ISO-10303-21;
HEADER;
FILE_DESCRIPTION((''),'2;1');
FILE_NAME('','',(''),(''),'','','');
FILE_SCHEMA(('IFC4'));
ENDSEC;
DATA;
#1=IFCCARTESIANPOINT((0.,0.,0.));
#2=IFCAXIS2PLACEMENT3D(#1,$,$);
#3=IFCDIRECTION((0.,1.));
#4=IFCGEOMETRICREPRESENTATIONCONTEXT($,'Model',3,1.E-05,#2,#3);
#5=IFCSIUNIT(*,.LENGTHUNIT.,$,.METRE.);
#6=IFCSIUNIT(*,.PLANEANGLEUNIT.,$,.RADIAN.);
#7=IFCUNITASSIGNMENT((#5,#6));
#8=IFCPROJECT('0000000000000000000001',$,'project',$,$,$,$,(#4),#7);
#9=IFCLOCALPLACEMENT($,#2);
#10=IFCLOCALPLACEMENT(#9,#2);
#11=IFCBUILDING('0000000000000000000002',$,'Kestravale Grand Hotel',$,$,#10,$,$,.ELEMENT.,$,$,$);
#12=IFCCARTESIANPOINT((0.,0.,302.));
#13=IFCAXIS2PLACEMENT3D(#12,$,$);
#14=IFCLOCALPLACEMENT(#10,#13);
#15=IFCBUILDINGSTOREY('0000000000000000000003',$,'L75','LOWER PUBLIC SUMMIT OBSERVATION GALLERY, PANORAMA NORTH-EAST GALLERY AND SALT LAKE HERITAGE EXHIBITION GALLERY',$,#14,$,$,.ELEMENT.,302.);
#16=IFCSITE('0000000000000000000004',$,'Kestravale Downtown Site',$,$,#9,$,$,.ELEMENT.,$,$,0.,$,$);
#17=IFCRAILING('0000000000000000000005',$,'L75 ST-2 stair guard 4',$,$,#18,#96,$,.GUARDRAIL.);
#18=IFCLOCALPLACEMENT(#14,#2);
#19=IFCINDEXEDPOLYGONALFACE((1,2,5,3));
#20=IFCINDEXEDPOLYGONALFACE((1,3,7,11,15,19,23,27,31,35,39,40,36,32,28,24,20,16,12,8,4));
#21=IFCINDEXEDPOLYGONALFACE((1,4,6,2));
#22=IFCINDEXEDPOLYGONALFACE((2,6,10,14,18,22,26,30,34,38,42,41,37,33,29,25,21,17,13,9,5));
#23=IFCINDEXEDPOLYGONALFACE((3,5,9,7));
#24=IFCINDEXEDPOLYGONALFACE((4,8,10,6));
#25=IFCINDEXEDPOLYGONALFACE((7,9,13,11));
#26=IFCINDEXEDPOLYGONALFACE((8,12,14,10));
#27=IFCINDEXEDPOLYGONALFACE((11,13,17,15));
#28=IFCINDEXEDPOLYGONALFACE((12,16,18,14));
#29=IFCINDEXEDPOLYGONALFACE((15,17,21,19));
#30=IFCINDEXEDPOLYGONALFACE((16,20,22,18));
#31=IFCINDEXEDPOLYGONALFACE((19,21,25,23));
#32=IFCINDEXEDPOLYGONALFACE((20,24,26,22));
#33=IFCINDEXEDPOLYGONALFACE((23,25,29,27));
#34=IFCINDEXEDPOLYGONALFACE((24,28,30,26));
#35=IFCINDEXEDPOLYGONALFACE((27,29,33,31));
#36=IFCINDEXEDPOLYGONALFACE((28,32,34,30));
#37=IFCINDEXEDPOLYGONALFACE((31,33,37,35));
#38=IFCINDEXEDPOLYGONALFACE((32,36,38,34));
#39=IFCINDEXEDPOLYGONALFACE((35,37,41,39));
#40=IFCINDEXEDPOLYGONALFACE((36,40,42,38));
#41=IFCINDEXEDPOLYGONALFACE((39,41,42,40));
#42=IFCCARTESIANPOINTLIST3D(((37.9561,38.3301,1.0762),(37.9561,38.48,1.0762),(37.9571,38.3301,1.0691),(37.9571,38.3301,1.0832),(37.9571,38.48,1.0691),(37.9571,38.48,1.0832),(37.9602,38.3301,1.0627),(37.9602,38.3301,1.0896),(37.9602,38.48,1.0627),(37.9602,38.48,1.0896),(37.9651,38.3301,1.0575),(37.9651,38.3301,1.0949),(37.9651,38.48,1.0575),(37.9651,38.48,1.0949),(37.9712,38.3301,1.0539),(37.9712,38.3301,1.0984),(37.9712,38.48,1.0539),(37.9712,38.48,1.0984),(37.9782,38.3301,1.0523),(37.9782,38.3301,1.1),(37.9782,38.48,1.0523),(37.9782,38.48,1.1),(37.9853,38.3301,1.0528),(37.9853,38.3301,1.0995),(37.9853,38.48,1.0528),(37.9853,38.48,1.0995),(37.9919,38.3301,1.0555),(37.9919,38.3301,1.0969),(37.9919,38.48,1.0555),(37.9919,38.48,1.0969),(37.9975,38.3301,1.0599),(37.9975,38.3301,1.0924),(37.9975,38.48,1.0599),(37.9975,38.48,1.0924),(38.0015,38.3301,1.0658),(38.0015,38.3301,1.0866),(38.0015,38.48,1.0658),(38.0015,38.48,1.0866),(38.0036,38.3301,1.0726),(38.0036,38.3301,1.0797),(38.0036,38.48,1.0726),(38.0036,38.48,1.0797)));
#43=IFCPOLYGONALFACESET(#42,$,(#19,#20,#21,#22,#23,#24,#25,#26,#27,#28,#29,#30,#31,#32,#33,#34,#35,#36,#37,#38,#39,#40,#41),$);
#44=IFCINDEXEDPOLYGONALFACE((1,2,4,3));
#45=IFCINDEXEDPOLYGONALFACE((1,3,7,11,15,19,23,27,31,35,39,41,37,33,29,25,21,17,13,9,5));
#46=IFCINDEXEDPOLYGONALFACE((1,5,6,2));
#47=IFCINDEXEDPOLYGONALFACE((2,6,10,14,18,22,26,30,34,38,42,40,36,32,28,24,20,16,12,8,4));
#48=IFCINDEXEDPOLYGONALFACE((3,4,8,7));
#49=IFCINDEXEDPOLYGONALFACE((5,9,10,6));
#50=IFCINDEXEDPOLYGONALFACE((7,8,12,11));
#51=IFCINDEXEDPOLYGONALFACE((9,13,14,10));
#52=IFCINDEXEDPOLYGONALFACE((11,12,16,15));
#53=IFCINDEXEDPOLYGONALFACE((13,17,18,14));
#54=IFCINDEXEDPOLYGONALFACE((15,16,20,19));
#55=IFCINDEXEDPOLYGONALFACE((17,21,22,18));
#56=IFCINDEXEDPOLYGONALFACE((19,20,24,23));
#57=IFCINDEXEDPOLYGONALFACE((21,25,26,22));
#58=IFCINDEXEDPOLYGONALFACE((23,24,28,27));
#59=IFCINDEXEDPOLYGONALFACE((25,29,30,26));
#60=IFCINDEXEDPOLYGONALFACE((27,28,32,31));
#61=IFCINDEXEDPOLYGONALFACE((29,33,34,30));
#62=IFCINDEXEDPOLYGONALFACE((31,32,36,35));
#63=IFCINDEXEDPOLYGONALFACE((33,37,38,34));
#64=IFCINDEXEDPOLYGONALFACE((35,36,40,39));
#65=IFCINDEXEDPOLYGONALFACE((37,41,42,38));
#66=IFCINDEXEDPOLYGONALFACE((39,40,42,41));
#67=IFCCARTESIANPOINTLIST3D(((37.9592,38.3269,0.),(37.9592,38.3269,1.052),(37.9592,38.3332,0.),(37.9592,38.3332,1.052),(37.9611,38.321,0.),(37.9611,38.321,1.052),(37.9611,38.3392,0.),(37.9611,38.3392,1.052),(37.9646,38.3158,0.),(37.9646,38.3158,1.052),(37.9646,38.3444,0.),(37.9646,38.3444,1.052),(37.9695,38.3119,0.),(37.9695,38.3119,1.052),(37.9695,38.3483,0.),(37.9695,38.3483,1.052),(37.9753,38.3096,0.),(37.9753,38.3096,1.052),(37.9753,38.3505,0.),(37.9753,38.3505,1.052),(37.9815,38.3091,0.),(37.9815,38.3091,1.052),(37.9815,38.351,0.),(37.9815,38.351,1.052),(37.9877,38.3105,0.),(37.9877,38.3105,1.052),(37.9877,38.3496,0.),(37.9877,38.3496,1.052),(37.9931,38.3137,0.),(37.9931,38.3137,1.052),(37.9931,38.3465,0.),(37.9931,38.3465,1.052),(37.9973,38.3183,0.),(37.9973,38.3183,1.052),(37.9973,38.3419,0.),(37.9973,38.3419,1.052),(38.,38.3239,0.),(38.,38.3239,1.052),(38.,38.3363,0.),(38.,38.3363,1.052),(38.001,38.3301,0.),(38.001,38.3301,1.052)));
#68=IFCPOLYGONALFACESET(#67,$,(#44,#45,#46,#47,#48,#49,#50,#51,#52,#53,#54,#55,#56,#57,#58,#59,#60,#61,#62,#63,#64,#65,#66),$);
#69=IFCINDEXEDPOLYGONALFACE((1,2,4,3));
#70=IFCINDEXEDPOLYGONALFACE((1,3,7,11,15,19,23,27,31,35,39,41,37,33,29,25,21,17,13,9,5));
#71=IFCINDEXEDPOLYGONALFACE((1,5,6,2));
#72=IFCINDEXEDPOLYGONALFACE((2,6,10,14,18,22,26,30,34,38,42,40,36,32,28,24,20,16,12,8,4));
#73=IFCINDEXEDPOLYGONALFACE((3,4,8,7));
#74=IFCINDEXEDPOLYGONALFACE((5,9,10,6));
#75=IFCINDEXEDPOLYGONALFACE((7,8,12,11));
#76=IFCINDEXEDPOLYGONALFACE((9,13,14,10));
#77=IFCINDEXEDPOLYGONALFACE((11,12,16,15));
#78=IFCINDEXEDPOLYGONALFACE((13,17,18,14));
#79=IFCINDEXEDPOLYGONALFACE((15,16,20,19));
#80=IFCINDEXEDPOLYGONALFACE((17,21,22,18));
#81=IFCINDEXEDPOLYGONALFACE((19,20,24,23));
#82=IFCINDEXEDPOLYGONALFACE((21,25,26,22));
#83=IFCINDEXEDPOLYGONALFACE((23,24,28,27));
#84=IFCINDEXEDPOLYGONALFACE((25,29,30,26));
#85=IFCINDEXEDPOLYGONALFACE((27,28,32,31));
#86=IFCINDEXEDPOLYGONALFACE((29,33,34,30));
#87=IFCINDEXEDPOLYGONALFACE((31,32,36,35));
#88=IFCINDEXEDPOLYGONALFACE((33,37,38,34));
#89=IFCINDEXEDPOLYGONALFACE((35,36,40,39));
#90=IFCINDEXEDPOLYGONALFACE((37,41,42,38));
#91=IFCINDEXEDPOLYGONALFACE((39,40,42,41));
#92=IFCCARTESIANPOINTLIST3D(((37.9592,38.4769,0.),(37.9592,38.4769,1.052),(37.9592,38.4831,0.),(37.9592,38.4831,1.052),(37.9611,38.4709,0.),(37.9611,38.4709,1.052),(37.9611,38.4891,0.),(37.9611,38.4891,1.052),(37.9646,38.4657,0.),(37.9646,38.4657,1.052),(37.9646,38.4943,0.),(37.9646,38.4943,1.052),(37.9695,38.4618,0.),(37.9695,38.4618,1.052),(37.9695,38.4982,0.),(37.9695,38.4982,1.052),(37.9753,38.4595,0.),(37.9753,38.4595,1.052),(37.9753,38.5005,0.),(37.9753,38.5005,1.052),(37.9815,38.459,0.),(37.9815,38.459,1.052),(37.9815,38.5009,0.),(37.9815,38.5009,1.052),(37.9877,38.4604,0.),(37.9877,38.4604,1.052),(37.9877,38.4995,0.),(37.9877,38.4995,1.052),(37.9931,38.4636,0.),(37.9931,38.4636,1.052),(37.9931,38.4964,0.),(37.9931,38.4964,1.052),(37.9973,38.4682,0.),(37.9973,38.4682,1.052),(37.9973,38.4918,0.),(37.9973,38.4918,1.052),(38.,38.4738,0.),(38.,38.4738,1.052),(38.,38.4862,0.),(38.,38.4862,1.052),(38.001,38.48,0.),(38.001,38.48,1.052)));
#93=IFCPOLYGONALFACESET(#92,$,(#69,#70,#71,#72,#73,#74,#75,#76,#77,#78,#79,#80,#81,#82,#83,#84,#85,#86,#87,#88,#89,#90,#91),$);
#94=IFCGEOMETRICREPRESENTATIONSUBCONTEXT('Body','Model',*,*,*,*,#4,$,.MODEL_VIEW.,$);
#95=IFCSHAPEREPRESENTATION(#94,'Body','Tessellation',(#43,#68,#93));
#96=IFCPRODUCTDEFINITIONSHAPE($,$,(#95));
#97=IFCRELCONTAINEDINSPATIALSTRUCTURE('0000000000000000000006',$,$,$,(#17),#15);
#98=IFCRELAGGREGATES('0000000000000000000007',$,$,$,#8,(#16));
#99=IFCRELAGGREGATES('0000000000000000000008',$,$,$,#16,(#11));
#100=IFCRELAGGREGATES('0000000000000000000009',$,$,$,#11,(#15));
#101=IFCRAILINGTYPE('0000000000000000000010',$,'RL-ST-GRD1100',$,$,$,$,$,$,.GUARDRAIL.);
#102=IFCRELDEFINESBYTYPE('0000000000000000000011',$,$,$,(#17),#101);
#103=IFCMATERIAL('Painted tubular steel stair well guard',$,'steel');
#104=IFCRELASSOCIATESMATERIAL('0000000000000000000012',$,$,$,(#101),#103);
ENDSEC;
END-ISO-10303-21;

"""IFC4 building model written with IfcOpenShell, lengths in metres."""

from ifc_helpers import new_model, si_unit, direction, frame, origin, origin_2d, place, context, subcontext, project, spatial, circle, extrude, material, type_object, element, save


model = new_model("IFC4")

# Units and contexts
model_context = context("Model", 3, precision=1e-05, world=origin(), true_north=direction((0.0, 1.0)))
body_context = subcontext(model_context, "Body", "Model", "MODEL_VIEW")
ifc_project = project(units=[si_unit("LENGTHUNIT", "METRE"), si_unit("PLANEANGLEUNIT", "RADIAN")], contexts=[model_context])

# Site, building, storey
site_placement = place(None, origin())
site = spatial("IfcSite", under=ifc_project, at=site_placement, Name="Kestravale Downtown Site", CompositionType="ELEMENT", RefElevation=0.0)
building_placement = place(site_placement, origin())
building = spatial("IfcBuilding", under=site, at=building_placement, Name="Kestravale Grand Hotel", CompositionType="ELEMENT")
storey_placement = place(building_placement, frame((0.0, 0.0, 302.0)))
storey = spatial("IfcBuildingStorey", under=building, at=storey_placement, Name="L75", Description="LOWER PUBLIC SUMMIT OBSERVATION GALLERY, PANORAMA NORTH-EAST GALLERY AND SALT LAKE HERITAGE EXHIBITION GALLERY", CompositionType="ELEMENT", Elevation=302.0)

# Railing
ifc_material_1 = material(Name="Painted tubular steel stair well guard", Category="steel")
railing_type_1 = type_object("IfcRailingType", Name="RL-ST-GRD1100", PredefinedType="GUARDRAIL", material=ifc_material_1)
for number, where, name in (
    (1, (37.98, 38.3301, 0.0), "L75 ST-2 stair guard 4"),
):
    element("IfcRailing", number, at=place(storey_placement, frame(where)), inside=storey, type_object=railing_type_1, Name=name, PredefinedType="GUARDRAIL", context=body_context, shape_type="SweptSolid", body=[
        extrude(circle(Radius=0.0239, at=origin_2d()), frame((0.0, 0.0, 1.0762), z_axis=(0.0, 1.0, 0.0), x_axis=(-1.0, 0.0, 0.0)), (0.0, 0.0, 1.0), 0.1499),
        extrude(circle(Radius=0.021, at=origin_2d()), origin(), (0.0, 0.0, 1.0), 1.052),
        extrude(circle(Radius=0.021, at=origin_2d()), frame((0.0, 0.1499, 0.0)), (0.0, 0.0, 1.0), 1.052),
    ])

save(model, "model.ifc")
